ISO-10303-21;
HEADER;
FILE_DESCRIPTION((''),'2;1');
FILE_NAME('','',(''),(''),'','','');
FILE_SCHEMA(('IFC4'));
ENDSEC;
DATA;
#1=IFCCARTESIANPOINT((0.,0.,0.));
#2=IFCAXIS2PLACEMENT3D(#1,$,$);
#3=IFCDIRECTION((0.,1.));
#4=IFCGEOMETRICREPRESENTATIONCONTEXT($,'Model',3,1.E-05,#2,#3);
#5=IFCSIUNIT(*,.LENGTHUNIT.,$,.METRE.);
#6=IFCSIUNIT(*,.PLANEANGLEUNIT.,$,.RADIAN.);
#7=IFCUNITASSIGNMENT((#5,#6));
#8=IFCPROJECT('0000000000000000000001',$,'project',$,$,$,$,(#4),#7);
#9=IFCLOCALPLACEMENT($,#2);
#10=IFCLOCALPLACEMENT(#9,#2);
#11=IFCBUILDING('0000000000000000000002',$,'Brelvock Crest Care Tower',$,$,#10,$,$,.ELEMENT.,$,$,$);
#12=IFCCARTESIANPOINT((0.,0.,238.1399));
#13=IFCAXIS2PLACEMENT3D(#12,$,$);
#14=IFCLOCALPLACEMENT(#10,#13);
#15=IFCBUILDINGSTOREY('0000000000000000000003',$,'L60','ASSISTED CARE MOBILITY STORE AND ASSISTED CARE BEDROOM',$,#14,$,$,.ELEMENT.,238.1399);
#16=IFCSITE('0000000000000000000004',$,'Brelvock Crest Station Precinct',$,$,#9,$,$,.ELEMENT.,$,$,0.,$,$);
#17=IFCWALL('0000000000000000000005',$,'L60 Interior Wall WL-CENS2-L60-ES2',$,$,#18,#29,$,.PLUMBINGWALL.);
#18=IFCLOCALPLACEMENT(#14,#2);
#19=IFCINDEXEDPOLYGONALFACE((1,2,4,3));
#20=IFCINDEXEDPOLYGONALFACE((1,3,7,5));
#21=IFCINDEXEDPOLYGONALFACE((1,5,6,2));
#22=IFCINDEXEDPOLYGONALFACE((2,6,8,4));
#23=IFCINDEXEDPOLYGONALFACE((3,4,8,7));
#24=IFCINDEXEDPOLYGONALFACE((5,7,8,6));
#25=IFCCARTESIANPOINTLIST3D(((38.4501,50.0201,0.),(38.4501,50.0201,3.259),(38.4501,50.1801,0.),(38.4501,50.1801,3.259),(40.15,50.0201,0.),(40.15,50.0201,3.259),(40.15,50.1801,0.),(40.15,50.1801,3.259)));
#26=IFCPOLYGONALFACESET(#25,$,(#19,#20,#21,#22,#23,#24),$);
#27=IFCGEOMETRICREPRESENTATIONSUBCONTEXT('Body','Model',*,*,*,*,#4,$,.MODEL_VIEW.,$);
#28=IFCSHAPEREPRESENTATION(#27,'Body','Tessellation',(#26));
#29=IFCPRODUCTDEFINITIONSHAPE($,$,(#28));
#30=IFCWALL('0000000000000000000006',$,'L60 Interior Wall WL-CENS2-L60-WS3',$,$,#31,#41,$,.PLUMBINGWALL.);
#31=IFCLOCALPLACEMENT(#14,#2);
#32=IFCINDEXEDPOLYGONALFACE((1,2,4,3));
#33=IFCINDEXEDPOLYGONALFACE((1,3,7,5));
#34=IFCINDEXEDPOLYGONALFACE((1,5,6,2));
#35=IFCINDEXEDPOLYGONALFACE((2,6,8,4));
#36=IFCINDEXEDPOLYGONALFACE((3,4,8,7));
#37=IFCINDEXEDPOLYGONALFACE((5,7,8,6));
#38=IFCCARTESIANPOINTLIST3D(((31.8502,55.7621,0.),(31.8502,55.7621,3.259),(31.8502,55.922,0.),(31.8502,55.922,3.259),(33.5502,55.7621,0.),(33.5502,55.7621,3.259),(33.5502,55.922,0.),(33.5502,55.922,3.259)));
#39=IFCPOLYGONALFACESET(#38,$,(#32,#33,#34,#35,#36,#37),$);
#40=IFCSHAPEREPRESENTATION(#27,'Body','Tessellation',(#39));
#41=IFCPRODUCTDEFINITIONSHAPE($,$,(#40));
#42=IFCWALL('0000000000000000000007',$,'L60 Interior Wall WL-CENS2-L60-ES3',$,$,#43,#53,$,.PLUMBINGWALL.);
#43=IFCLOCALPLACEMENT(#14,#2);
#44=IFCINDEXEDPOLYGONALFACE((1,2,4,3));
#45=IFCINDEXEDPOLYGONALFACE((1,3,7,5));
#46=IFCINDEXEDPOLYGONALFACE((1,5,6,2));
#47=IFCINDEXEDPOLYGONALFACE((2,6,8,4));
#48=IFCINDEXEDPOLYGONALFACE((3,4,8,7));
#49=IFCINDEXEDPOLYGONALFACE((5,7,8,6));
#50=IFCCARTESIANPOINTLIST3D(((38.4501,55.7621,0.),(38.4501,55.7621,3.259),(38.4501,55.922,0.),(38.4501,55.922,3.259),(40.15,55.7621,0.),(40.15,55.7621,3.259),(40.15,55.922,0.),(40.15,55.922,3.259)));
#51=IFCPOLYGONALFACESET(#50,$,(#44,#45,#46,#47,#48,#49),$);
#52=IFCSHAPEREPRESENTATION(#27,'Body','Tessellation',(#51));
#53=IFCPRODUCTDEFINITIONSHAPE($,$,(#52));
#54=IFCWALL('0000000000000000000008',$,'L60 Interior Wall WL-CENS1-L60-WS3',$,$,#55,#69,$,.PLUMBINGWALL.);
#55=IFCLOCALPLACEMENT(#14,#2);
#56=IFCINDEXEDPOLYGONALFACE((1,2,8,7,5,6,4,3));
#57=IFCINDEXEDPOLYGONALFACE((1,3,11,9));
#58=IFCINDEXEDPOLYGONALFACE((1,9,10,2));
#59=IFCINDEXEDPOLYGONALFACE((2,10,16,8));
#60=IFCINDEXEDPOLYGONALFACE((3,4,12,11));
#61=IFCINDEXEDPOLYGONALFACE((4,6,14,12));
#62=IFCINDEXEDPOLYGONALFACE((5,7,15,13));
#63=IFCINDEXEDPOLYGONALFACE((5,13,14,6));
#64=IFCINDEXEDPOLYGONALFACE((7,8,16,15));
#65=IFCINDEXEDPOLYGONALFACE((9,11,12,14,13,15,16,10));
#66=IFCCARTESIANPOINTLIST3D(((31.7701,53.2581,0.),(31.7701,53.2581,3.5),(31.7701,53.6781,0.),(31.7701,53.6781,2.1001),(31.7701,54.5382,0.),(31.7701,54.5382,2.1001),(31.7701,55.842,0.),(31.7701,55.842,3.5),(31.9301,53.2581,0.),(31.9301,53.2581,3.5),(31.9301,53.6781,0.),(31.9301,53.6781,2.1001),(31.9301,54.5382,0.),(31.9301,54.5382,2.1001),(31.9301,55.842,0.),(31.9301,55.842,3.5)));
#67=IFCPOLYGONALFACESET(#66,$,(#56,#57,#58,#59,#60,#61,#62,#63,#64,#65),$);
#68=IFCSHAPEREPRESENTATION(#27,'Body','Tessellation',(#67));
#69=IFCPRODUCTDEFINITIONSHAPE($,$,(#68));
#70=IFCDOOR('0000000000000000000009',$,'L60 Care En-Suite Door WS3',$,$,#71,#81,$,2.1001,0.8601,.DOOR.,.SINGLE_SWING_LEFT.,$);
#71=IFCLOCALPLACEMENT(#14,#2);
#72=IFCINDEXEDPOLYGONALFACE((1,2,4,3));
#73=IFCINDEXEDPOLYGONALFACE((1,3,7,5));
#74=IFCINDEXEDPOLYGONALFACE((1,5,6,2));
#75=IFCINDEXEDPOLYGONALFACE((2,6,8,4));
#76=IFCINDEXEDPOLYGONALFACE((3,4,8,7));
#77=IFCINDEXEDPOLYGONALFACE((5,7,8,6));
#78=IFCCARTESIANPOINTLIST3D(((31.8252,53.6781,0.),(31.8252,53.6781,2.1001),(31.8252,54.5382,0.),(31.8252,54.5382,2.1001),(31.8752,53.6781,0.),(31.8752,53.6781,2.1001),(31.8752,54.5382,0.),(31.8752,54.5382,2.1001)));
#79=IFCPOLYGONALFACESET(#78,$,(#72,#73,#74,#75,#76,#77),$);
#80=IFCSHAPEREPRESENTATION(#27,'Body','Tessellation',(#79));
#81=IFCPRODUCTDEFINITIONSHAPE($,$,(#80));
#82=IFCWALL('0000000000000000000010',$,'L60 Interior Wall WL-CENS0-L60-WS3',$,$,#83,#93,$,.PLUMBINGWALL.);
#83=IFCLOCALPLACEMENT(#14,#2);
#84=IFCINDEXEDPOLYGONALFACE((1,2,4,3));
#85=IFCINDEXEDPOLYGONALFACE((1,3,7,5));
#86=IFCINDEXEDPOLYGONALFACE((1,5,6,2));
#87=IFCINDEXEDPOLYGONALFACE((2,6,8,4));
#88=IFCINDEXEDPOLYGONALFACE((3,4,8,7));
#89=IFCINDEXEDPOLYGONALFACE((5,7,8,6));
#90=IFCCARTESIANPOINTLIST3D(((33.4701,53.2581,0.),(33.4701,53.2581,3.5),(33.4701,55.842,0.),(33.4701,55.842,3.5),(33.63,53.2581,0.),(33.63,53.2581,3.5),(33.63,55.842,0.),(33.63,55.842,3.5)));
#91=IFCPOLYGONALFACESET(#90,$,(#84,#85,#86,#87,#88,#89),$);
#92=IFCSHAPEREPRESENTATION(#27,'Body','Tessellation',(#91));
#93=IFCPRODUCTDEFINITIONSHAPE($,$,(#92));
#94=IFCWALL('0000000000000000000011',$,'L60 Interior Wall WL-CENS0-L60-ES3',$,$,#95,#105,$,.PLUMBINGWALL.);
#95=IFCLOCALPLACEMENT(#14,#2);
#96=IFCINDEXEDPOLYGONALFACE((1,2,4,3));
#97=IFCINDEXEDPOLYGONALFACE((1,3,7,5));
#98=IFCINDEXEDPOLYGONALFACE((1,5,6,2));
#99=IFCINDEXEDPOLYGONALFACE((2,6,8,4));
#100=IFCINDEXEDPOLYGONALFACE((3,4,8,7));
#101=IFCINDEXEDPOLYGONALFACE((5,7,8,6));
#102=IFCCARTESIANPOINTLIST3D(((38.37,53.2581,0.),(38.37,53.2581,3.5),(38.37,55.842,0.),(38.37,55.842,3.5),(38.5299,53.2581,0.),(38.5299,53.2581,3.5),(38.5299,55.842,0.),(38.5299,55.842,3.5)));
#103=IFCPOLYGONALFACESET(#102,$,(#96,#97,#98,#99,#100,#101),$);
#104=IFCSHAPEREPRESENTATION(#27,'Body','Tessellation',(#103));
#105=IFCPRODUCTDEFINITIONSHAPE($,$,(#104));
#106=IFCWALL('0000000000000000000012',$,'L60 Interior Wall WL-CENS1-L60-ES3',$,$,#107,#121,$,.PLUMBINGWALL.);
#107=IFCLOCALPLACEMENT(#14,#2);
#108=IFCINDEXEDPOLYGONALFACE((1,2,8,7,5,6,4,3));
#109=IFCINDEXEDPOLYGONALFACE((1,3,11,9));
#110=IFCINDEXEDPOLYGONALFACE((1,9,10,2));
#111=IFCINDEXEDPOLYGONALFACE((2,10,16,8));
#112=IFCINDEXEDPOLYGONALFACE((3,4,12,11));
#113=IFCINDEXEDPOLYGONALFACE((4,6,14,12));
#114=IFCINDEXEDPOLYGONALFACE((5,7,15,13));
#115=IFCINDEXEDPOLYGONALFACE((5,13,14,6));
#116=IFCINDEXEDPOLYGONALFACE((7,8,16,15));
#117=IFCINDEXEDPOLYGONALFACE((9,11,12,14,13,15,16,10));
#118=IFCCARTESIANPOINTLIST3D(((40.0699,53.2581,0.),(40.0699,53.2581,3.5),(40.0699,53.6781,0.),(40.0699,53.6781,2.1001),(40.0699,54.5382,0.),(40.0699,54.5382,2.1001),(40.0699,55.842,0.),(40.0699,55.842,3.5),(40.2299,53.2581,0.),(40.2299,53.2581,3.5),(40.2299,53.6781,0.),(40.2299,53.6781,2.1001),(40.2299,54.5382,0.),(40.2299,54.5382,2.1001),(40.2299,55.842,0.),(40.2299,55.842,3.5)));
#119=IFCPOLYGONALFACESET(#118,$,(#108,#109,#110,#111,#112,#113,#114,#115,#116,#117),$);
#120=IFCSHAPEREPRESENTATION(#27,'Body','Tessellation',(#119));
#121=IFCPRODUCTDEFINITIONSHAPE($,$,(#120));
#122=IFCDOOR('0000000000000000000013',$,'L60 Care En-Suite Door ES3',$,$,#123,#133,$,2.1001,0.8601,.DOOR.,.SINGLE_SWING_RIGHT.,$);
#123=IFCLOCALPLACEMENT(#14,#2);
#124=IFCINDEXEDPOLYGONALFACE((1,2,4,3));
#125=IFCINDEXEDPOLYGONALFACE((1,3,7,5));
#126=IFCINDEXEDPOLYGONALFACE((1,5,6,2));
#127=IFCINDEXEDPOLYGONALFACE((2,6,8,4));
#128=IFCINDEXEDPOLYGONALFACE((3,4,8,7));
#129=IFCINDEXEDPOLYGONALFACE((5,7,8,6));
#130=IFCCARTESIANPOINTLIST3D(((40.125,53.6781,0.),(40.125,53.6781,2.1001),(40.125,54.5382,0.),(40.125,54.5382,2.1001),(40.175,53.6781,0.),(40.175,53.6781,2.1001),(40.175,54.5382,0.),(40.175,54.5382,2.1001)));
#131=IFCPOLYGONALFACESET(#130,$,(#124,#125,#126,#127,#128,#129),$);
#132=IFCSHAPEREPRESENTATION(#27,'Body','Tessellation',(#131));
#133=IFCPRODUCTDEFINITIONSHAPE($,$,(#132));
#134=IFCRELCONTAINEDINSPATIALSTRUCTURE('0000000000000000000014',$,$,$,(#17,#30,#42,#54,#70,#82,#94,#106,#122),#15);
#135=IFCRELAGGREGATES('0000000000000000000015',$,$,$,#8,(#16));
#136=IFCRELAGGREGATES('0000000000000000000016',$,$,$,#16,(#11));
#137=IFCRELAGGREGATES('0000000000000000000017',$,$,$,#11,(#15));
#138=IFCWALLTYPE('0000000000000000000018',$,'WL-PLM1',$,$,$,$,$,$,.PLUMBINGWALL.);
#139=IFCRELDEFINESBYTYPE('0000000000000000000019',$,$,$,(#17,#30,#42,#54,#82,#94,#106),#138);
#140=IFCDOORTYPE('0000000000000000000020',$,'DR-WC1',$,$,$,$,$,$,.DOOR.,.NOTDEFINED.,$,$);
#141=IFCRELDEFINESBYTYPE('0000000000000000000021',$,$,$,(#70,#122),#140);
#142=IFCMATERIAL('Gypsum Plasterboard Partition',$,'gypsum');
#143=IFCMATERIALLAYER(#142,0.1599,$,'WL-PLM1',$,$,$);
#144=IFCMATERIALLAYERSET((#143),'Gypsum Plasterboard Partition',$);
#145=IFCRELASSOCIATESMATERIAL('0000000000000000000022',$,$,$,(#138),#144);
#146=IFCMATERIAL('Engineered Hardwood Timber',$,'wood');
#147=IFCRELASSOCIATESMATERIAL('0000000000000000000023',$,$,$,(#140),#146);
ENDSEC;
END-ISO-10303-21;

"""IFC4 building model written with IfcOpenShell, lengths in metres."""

from ifc_helpers import new_model, si_unit, direction, frame, frame_2d, origin, origin_2d, place, context, subcontext, project, spatial, rectangle, extrude, source, transform, mapped, material, layer, layer_set, type_object, element, fill, save


model = new_model("IFC4")

# Units and contexts
model_context = context("Model", 3, precision=1e-05, world=origin(), true_north=direction((0.0, 1.0)))
body_context = subcontext(model_context, "Body", "Model", "MODEL_VIEW")
ifc_project = project(units=[si_unit("LENGTHUNIT", "METRE"), si_unit("PLANEANGLEUNIT", "RADIAN")], contexts=[model_context])

# Site, building, storey
site_placement = place(None, origin())
site = spatial("IfcSite", under=ifc_project, at=site_placement, Name="Brelvock Crest Station Precinct", CompositionType="ELEMENT", RefElevation=0.0)
building_placement = place(site_placement, origin())
building = spatial("IfcBuilding", under=site, at=building_placement, Name="Brelvock Crest Care Tower", CompositionType="ELEMENT")
storey_placement = place(building_placement, frame((0.0, 0.0, 238.1399)))
storey = spatial("IfcBuildingStorey", under=building, at=storey_placement, Name="L60", Description="ASSISTED CARE MOBILITY STORE AND ASSISTED CARE BEDROOM", CompositionType="ELEMENT", Elevation=238.1399)

# Shared definitions
ifc_material_1 = material(Name="Engineered Hardwood Timber", Category="wood")

# Walls
ifc_material_2 = material(Name="Gypsum Plasterboard Partition", Category="gypsum")
ifc_layer_1 = layer(ifc_material_2, 0.1599, Name="WL-PLM1")
ifc_layer_set_1 = layer_set([ifc_layer_1], Name="Gypsum Plasterboard Partition")
wall_type_1 = type_object("IfcWallType", Name="WL-PLM1", PredefinedType="PLUMBINGWALL", material=ifc_layer_set_1)
for number, where, z_axis, x_axis, name in (
    (1, (38.45, 50.1001, 0.0), (0.0, 0.0, 1.0), (1.0, 0.0, 0.0), "L60 Interior Wall WL-CENS2-L60-ES2"),
    (2, (31.8501, 55.842, 0.0), (0.0, 0.0, 1.0), (1.0, 0.0, 0.0), "L60 Interior Wall WL-CENS2-L60-WS3"),
    (3, (38.45, 55.842, 0.0), (0.0, 0.0, 1.0), (1.0, 0.0, 0.0), "L60 Interior Wall WL-CENS2-L60-ES3"),
):
    element("IfcWall", number, at=place(storey_placement, frame(where, z_axis=z_axis, x_axis=x_axis)), inside=storey, type_object=wall_type_1, Name=name, PredefinedType="PLUMBINGWALL", context=body_context, shape_type="SweptSolid", body=[
        extrude(rectangle(XDim=1.7, YDim=0.1599, at=frame_2d((0.8501, 0.0))), origin(), (0.0, 0.0, 1.0), 3.259),
    ])

# Wall, opening, door
wall_1_placement = place(storey_placement, frame((31.8501, 53.2581, 0.0), z_axis=(0.0, 0.0, 1.0), x_axis=(0.0, 1.0, 0.0)))
wall_1 = element("IfcWall", 4, at=wall_1_placement, inside=storey, type_object=wall_type_1, Name="L60 Interior Wall WL-CENS1-L60-WS3", PredefinedType="PLUMBINGWALL", context=body_context, shape_type="SweptSolid", body=[
    extrude(rectangle(XDim=2.584, YDim=0.1599, at=frame_2d((1.292, 0.0))), origin(), (0.0, 0.0, 1.0), 3.5),
])
opening_1_placement = place(wall_1_placement, frame((0.4199, 0.0, 0.0)))
opening_1 = element("IfcOpeningElement", 5, at=opening_1_placement, cuts=wall_1, PredefinedType="OPENING", context=body_context, shape_type="SweptSolid", body=[
    extrude(rectangle(XDim=0.8601, YDim=2.1001, at=origin_2d()), frame((0.4302, 0.0898, 1.05), z_axis=(0.0, -1.0, 0.0), x_axis=(1.0, 0.0, 0.0)), (0.0, 0.0, 1.0), 0.1799),
])
door_type_1 = type_object("IfcDoorType", Name="DR-WC1", OperationType="NOTDEFINED", PredefinedType="DOOR", material=ifc_material_1)
shared_shape_1 = source(origin(), body_context, "Body", "SweptSolid", [
    extrude(rectangle(XDim=0.8601, YDim=2.1001, at=origin_2d()), frame((0.4302, 0.0249, 1.05), z_axis=(0.0, -1.0, 0.0), x_axis=(1.0, 0.0, 0.0)), (0.0, 0.0, 1.0), 0.05),
])
door_1_placement = place(opening_1_placement, origin())
door_1 = element("IfcDoor", 6, at=door_1_placement, inside=storey, type_object=door_type_1, Name="L60 Care En-Suite Door WS3", OperationType="SINGLE_SWING_LEFT", OverallHeight=2.1001, OverallWidth=0.8601, PredefinedType="DOOR", context=body_context, shape_type="MappedRepresentation", body=[
    mapped(shared_shape_1, transform((0.0, 0.0, 0.0), x_axis=(1.0, 0.0, 0.0), y_axis=(0.0, 1.0, 0.0), z_axis=(0.0, 0.0, 1.0), scale=1.0)),
])
fill(opening_1, door_1)

# Walls
for number, where, z_axis, x_axis, name in (
    (7, (33.55, 53.2581, 0.0), (0.0, 0.0, 1.0), (0.0, 1.0, 0.0), "L60 Interior Wall WL-CENS0-L60-WS3"),
    (8, (38.45, 53.2581, 0.0), (0.0, 0.0, 1.0), (0.0, 1.0, 0.0), "L60 Interior Wall WL-CENS0-L60-ES3"),
):
    element("IfcWall", number, at=place(storey_placement, frame(where, z_axis=z_axis, x_axis=x_axis)), inside=storey, type_object=wall_type_1, Name=name, PredefinedType="PLUMBINGWALL", context=body_context, shape_type="SweptSolid", body=[
        extrude(rectangle(XDim=2.584, YDim=0.1599, at=frame_2d((1.292, 0.0))), origin(), (0.0, 0.0, 1.0), 3.5),
    ])

# Wall, opening, door
wall_2_placement = place(storey_placement, frame((40.1499, 53.2581, 0.0), z_axis=(0.0, 0.0, 1.0), x_axis=(0.0, 1.0, 0.0)))
wall_2 = element("IfcWall", 9, at=wall_2_placement, inside=storey, type_object=wall_type_1, Name="L60 Interior Wall WL-CENS1-L60-ES3", PredefinedType="PLUMBINGWALL", context=body_context, shape_type="SweptSolid", body=[
    extrude(rectangle(XDim=2.584, YDim=0.1599, at=frame_2d((1.292, 0.0))), origin(), (0.0, 0.0, 1.0), 3.5),
])
opening_2_placement = place(wall_2_placement, frame((0.4199, 0.0, 0.0)))
opening_2 = element("IfcOpeningElement", 10, at=opening_2_placement, cuts=wall_2, PredefinedType="OPENING", context=body_context, shape_type="SweptSolid", body=[
    extrude(rectangle(XDim=0.8601, YDim=2.1001, at=origin_2d()), frame((0.4302, 0.0898, 1.05), z_axis=(0.0, -1.0, 0.0), x_axis=(1.0, 0.0, 0.0)), (0.0, 0.0, 1.0), 0.1799),
])
door_2_placement = place(opening_2_placement, origin())
door_2 = element("IfcDoor", 11, at=door_2_placement, inside=storey, type_object=door_type_1, Name="L60 Care En-Suite Door ES3", OperationType="SINGLE_SWING_RIGHT", OverallHeight=2.1001, OverallWidth=0.8601, PredefinedType="DOOR", context=body_context, shape_type="MappedRepresentation", body=[
    mapped(shared_shape_1, transform((0.0, 0.0, 0.0), x_axis=(1.0, 0.0, 0.0), y_axis=(0.0, 1.0, 0.0), z_axis=(0.0, 0.0, 1.0), scale=1.0)),
])
fill(opening_2, door_2)

save(model, "model.ifc")
